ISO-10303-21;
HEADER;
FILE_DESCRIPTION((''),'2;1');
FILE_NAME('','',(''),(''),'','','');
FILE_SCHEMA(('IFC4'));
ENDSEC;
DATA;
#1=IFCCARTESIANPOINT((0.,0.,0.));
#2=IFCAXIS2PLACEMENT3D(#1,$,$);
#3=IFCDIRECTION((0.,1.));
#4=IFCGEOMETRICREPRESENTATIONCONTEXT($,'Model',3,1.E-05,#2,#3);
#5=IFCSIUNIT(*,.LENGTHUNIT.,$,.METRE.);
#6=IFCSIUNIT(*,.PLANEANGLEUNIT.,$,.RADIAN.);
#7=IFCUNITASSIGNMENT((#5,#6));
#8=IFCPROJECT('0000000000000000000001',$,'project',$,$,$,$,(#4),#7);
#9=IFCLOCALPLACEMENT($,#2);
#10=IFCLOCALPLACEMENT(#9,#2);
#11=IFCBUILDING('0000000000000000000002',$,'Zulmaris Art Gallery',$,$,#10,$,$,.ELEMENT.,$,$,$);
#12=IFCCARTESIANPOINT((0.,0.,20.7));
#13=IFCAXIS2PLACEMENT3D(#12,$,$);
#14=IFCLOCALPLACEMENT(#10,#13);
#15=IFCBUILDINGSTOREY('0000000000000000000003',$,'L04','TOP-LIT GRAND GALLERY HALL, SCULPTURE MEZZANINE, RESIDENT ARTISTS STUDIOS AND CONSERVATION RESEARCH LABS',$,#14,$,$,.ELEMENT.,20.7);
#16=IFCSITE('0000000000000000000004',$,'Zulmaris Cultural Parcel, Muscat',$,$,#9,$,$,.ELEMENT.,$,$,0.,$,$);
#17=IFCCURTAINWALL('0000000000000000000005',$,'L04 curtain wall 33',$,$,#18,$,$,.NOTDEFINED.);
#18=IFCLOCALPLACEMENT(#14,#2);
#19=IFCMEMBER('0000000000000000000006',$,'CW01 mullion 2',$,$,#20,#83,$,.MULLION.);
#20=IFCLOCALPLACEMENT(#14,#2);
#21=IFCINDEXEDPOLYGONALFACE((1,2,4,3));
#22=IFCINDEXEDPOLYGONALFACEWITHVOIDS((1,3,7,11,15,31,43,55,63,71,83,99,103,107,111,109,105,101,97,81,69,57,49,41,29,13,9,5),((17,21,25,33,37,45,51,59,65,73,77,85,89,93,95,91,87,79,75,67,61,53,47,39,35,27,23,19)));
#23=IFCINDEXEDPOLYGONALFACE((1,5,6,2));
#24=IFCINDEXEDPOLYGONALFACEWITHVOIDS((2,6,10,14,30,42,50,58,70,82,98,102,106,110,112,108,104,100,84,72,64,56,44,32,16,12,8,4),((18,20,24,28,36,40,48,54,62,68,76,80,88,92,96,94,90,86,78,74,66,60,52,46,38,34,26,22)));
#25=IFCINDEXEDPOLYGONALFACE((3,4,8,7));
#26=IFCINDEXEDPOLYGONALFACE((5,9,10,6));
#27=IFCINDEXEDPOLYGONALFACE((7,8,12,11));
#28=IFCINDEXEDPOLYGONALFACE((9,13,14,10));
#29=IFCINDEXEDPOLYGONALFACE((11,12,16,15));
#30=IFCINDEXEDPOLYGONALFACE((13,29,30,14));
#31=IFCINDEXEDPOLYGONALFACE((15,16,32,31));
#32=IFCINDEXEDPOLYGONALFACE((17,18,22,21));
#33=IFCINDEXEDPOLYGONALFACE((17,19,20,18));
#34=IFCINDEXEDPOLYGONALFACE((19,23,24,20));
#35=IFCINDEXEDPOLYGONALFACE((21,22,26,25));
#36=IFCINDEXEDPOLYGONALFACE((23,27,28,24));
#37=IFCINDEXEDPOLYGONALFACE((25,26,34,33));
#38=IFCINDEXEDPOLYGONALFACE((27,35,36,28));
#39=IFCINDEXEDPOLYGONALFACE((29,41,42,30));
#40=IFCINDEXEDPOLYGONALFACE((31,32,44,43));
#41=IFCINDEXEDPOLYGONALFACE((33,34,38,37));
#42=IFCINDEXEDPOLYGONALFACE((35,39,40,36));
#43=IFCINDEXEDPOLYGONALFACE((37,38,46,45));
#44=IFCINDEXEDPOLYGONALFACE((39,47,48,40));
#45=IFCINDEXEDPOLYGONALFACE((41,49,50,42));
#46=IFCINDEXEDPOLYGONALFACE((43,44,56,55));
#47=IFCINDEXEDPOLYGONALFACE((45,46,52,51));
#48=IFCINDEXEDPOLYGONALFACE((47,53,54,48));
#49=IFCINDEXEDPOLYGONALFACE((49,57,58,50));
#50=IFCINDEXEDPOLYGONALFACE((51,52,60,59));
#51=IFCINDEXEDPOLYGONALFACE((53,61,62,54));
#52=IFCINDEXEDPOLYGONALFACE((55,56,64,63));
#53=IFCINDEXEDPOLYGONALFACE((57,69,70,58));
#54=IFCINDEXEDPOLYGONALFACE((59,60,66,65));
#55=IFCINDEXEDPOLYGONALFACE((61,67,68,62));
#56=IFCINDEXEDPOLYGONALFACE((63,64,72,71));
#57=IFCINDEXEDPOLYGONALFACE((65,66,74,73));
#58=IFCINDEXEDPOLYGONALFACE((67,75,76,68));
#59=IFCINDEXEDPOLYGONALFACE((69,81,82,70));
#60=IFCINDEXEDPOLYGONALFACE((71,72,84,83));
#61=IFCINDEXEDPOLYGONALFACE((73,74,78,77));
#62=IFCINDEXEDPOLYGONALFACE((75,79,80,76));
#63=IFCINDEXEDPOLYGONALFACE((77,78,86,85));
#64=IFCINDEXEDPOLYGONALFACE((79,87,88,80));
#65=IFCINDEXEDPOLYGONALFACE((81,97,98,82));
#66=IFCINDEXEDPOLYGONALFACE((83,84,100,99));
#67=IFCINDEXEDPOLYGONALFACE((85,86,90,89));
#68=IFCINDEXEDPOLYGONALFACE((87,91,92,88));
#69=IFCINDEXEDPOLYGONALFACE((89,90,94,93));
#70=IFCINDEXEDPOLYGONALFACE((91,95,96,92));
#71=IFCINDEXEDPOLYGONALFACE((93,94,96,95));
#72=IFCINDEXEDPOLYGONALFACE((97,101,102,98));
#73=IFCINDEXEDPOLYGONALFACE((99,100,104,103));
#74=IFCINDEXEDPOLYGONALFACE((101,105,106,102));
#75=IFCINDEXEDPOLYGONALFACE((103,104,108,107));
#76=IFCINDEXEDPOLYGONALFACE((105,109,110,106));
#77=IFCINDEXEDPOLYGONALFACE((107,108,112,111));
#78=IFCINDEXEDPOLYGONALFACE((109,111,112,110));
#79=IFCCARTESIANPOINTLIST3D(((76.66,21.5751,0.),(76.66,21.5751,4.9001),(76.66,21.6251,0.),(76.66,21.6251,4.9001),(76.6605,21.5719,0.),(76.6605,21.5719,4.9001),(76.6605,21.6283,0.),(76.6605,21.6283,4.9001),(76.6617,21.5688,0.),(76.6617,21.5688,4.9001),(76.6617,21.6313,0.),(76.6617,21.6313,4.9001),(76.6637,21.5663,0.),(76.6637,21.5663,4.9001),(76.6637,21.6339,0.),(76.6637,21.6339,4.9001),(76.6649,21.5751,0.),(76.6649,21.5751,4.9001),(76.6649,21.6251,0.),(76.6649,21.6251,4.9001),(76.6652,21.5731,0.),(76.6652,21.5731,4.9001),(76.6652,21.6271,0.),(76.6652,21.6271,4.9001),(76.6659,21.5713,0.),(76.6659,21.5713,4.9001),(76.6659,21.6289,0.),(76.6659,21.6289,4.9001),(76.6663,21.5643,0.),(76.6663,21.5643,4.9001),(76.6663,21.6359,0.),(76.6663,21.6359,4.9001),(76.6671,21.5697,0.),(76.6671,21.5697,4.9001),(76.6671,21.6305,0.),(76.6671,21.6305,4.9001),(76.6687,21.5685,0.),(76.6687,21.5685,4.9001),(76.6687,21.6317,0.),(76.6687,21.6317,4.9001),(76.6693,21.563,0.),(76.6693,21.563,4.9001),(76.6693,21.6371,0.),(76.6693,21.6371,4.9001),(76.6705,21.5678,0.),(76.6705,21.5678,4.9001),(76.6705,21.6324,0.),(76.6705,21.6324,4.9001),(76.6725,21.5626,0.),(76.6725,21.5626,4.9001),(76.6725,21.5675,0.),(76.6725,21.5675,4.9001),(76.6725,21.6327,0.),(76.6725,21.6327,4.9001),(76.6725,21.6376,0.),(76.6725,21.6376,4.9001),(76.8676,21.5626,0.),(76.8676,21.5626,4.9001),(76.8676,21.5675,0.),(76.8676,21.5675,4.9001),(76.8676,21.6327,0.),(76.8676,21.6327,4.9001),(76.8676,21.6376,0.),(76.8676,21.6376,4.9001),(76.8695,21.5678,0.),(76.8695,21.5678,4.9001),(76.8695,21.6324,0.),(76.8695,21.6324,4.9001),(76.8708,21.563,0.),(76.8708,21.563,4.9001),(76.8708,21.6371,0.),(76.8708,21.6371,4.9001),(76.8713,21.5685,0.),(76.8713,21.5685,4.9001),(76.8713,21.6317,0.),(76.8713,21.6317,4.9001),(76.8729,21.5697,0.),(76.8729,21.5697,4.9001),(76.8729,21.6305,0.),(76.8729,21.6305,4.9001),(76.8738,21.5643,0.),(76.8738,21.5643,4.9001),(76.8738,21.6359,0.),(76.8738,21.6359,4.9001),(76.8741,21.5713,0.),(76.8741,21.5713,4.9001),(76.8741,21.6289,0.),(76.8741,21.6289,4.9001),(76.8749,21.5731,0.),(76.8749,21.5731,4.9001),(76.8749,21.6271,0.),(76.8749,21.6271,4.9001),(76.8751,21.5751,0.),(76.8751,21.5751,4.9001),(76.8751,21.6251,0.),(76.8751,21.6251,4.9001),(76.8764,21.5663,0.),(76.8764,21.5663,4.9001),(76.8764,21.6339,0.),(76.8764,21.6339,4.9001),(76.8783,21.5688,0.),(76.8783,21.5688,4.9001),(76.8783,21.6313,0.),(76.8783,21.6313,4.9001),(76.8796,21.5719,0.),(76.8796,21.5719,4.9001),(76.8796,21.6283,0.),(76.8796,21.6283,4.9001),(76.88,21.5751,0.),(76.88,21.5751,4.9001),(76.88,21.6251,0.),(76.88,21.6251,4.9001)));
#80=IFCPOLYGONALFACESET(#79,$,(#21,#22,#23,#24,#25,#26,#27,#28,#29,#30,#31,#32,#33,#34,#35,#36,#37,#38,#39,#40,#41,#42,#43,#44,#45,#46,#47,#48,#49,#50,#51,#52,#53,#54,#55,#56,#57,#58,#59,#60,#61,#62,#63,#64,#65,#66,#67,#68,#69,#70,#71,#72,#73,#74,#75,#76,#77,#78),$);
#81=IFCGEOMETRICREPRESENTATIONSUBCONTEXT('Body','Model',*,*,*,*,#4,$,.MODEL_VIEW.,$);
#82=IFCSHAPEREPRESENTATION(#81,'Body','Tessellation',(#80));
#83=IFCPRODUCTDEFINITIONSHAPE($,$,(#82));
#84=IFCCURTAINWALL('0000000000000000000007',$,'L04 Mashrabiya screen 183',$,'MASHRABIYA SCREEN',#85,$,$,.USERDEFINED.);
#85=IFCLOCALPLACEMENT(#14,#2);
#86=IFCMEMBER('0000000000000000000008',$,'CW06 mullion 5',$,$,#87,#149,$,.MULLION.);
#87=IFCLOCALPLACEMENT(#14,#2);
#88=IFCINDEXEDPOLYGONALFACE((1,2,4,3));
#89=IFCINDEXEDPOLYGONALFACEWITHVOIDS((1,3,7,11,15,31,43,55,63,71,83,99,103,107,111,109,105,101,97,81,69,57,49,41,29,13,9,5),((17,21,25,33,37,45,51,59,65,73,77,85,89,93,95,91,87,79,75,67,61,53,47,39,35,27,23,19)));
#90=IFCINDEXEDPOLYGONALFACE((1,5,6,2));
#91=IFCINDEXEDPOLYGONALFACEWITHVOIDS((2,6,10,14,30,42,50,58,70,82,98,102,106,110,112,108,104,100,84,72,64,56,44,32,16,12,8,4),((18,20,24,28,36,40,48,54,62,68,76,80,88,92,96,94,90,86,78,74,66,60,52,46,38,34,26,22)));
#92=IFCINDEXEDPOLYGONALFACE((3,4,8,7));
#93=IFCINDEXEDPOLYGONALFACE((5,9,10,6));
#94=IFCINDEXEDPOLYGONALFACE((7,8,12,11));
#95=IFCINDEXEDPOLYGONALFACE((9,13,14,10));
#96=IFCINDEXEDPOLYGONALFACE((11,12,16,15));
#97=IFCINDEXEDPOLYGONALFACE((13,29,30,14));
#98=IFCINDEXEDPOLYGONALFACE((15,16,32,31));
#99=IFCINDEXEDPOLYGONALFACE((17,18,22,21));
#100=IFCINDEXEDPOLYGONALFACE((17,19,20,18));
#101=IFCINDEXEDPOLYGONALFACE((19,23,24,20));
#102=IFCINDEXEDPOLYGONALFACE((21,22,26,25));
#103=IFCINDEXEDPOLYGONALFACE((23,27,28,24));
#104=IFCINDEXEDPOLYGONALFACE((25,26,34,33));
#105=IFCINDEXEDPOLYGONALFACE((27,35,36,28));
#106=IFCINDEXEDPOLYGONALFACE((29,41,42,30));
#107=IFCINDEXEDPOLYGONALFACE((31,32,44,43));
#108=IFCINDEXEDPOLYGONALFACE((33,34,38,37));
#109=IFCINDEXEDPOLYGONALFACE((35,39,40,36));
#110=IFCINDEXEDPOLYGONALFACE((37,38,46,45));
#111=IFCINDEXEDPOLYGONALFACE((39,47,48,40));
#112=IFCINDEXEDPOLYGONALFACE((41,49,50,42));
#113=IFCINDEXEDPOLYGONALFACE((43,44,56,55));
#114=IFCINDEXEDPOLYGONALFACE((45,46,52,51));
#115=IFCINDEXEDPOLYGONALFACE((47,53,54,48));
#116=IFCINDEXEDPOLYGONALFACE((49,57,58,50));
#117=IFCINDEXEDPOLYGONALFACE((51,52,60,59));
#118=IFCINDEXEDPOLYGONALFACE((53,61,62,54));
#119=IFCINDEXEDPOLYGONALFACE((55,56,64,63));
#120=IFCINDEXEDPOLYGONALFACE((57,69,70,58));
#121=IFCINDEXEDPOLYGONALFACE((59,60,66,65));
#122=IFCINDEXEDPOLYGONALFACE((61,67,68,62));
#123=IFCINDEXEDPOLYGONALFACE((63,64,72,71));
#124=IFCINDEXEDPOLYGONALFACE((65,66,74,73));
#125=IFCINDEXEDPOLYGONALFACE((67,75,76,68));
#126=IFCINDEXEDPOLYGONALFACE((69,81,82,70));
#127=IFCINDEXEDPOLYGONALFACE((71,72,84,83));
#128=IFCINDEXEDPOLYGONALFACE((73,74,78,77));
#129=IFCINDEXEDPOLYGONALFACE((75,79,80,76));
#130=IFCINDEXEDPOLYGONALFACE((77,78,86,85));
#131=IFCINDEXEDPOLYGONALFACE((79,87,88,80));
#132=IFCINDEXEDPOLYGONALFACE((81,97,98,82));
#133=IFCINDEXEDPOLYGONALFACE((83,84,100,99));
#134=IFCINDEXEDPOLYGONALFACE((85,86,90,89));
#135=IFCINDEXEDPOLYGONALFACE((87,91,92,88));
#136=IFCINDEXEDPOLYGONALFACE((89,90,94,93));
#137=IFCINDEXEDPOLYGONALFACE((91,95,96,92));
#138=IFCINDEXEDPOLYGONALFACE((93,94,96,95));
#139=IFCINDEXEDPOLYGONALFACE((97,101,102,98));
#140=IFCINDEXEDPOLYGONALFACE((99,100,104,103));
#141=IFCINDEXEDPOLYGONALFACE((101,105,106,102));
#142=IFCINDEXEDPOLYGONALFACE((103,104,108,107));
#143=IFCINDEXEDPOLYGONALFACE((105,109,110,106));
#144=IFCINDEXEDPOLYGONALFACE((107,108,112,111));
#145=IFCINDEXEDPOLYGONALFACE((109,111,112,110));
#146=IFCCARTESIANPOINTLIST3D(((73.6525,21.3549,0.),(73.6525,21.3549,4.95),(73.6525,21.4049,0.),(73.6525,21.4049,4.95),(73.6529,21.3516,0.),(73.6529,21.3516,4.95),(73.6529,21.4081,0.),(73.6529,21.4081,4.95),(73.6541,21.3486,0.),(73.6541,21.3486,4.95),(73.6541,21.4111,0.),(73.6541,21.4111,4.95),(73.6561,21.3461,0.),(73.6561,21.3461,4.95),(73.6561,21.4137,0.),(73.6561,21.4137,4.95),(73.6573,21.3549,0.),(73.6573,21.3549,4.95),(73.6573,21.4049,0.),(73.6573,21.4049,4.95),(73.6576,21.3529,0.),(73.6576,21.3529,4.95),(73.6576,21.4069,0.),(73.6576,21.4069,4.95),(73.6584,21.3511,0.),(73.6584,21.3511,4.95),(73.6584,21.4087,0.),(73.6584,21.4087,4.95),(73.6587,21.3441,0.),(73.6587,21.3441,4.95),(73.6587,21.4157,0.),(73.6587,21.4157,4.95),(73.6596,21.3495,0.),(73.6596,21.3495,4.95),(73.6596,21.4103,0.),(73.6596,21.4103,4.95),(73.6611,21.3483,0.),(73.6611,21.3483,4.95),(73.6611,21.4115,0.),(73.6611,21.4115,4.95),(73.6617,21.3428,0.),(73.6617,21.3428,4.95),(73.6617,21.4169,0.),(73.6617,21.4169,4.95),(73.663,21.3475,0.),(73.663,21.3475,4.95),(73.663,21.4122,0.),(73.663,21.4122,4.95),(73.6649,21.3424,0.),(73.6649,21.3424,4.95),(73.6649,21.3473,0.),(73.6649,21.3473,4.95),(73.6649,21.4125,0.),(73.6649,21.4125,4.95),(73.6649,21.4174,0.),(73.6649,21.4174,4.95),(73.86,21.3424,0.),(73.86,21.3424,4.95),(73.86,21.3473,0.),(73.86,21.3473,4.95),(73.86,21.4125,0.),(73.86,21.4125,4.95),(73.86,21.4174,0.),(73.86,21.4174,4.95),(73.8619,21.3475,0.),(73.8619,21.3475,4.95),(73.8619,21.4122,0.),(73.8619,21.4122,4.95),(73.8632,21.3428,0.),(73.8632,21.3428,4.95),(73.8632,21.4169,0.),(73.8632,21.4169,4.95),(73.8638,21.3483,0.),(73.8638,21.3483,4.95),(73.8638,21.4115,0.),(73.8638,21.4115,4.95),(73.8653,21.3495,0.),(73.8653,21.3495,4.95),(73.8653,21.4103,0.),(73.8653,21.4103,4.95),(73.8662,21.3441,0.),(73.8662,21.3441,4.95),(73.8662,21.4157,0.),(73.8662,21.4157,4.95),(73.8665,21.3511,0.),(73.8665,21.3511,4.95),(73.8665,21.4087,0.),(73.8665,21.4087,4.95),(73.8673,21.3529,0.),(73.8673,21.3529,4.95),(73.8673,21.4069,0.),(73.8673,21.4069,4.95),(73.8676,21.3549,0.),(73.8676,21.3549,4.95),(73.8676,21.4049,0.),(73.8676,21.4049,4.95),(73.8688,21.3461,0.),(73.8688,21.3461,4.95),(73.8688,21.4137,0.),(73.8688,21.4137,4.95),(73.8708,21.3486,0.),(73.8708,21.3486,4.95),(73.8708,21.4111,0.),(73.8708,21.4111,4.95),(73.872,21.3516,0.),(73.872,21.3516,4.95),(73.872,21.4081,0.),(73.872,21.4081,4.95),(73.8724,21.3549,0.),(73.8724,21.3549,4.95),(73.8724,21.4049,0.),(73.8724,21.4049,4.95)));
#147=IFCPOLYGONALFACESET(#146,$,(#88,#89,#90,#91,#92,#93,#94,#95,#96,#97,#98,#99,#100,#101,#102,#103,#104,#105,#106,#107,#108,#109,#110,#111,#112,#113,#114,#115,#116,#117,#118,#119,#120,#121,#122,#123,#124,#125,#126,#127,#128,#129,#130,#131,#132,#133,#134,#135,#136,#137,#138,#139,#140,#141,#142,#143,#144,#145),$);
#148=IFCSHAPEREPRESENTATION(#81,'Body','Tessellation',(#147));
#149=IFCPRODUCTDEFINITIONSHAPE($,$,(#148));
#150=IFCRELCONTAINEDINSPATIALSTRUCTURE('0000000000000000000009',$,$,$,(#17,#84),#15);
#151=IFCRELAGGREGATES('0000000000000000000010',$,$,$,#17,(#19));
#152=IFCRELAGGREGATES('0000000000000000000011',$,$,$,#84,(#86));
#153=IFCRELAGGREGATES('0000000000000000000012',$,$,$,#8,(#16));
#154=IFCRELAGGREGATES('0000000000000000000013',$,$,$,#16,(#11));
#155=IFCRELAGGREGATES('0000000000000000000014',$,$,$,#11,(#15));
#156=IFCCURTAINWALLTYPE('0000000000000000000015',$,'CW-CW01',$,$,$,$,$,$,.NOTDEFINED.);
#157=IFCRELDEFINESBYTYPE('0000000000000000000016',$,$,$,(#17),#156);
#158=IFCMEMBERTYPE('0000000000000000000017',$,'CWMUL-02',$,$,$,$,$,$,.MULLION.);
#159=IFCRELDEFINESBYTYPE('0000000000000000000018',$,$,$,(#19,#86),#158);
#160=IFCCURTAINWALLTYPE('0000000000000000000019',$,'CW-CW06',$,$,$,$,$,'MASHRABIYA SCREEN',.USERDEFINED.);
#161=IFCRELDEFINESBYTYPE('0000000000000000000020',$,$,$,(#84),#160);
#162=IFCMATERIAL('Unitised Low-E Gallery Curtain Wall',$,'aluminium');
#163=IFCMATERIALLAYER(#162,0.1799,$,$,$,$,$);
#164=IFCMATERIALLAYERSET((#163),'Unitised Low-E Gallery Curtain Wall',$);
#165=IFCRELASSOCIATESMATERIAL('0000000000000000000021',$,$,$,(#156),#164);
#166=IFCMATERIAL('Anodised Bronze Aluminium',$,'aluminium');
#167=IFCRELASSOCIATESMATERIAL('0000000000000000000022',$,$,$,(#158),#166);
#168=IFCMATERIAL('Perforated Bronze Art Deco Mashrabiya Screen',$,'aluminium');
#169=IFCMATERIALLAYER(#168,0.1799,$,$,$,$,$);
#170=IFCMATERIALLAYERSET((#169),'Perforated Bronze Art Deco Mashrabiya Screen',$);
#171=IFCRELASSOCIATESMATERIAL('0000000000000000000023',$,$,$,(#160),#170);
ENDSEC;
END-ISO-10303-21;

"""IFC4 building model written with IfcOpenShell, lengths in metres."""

from ifc_helpers import new_model, si_unit, direction, frame, origin, origin_2d, place, context, subcontext, project, spatial, hollow_rectangle, extrude, material, layer, layer_set, material_profile, profile_set, type_object, element, aggregate, save


model = new_model("IFC4")

# Units and contexts
model_context = context("Model", 3, precision=1e-05, world=origin(), true_north=direction((0.0, 1.0)))
body_context = subcontext(model_context, "Body", "Model", "MODEL_VIEW")
ifc_project = project(units=[si_unit("LENGTHUNIT", "METRE"), si_unit("PLANEANGLEUNIT", "RADIAN")], contexts=[model_context])

# Site, building, storey
site_placement = place(None, origin())
site = spatial("IfcSite", under=ifc_project, at=site_placement, Name="Zulmaris Cultural Parcel, Muscat", CompositionType="ELEMENT", RefElevation=0.0)
building_placement = place(site_placement, origin())
building = spatial("IfcBuilding", under=site, at=building_placement, Name="Zulmaris Art Gallery", CompositionType="ELEMENT")
storey_placement = place(building_placement, frame((0.0, 0.0, 20.7)))
storey = spatial("IfcBuildingStorey", under=building, at=storey_placement, Name="L04", Description="TOP-LIT GRAND GALLERY HALL, SCULPTURE MEZZANINE, RESIDENT ARTISTS STUDIOS AND CONSERVATION RESEARCH LABS", CompositionType="ELEMENT", Elevation=20.7)

# Curtain wall, member
ifc_material_1 = material(Name="Unitised Low-E Gallery Curtain Wall", Category="aluminium")
ifc_layer_1 = layer(ifc_material_1, 0.1799)
ifc_layer_set_1 = layer_set([ifc_layer_1], Name="Unitised Low-E Gallery Curtain Wall")
curtain_wall_type_1 = type_object("IfcCurtainWallType", Name="CW-CW01", PredefinedType="NOTDEFINED", material=ifc_layer_set_1)
curtain_wall_1_placement = place(storey_placement, origin())
curtain_wall_1 = element("IfcCurtainWall", 1, at=curtain_wall_1_placement, inside=storey, type_object=curtain_wall_type_1, Name="L04 curtain wall 33", PredefinedType="NOTDEFINED")
ifc_material_2 = material(Name="Anodised Bronze Aluminium", Category="aluminium")
ifc_material_profile_1 = material_profile(ifc_material_2, hollow_rectangle(XDim=0.075, YDim=0.22, WallThickness=0.0049, InnerFilletRadius=0.0076, OuterFilletRadius=0.0125, at=origin_2d()), Name="ALU 75x220x5")
ifc_profile_set_1 = profile_set([ifc_material_profile_1], Name="Anodised Bronze Aluminium")
member_type_1 = type_object("IfcMemberType", Name="CWMUL-02", PredefinedType="MULLION", material=ifc_profile_set_1)
member_1_placement = place(storey_placement, frame((76.77, 21.6001, 0.0), z_axis=(0.0, 0.0, 1.0), x_axis=(0.0, 1.0, 0.0)))
member_1 = element("IfcMember", 2, at=member_1_placement, type_object=member_type_1, Name="CW01 mullion 2", PredefinedType="MULLION", context=body_context, shape_type="SweptSolid", body=[
    extrude(hollow_rectangle(XDim=0.075, YDim=0.22, WallThickness=0.0049, InnerFilletRadius=0.0076, OuterFilletRadius=0.0125, at=origin_2d()), origin(), (0.0, 0.0, 1.0), 4.9001),
])

# Curtain wall, member
ifc_material_3 = material(Name="Perforated Bronze Art Deco Mashrabiya Screen", Category="aluminium")
ifc_layer_2 = layer(ifc_material_3, 0.1799)
ifc_layer_set_2 = layer_set([ifc_layer_2], Name="Perforated Bronze Art Deco Mashrabiya Screen")
curtain_wall_type_2 = type_object("IfcCurtainWallType", Name="CW-CW06", ElementType="MASHRABIYA SCREEN", PredefinedType="USERDEFINED", material=ifc_layer_set_2)
curtain_wall_2_placement = place(storey_placement, origin())
curtain_wall_2 = element("IfcCurtainWall", 3, at=curtain_wall_2_placement, inside=storey, type_object=curtain_wall_type_2, Name="L04 Mashrabiya screen 183", ObjectType="MASHRABIYA SCREEN", PredefinedType="USERDEFINED")
member_2_placement = place(storey_placement, frame((73.7625, 21.3799, 0.0), z_axis=(0.0, 0.0, 1.0), x_axis=(0.0, 1.0, 0.0)))
member_2 = element("IfcMember", 4, at=member_2_placement, type_object=member_type_1, Name="CW06 mullion 5", PredefinedType="MULLION", context=body_context, shape_type="SweptSolid", body=[
    extrude(hollow_rectangle(XDim=0.075, YDim=0.22, WallThickness=0.0049, InnerFilletRadius=0.0076, OuterFilletRadius=0.0125, at=origin_2d()), origin(), (0.0, 0.0, 1.0), 4.95),
])

aggregate(curtain_wall_1, [member_1])
aggregate(curtain_wall_2, [member_2])

save(model, "model.ifc")
